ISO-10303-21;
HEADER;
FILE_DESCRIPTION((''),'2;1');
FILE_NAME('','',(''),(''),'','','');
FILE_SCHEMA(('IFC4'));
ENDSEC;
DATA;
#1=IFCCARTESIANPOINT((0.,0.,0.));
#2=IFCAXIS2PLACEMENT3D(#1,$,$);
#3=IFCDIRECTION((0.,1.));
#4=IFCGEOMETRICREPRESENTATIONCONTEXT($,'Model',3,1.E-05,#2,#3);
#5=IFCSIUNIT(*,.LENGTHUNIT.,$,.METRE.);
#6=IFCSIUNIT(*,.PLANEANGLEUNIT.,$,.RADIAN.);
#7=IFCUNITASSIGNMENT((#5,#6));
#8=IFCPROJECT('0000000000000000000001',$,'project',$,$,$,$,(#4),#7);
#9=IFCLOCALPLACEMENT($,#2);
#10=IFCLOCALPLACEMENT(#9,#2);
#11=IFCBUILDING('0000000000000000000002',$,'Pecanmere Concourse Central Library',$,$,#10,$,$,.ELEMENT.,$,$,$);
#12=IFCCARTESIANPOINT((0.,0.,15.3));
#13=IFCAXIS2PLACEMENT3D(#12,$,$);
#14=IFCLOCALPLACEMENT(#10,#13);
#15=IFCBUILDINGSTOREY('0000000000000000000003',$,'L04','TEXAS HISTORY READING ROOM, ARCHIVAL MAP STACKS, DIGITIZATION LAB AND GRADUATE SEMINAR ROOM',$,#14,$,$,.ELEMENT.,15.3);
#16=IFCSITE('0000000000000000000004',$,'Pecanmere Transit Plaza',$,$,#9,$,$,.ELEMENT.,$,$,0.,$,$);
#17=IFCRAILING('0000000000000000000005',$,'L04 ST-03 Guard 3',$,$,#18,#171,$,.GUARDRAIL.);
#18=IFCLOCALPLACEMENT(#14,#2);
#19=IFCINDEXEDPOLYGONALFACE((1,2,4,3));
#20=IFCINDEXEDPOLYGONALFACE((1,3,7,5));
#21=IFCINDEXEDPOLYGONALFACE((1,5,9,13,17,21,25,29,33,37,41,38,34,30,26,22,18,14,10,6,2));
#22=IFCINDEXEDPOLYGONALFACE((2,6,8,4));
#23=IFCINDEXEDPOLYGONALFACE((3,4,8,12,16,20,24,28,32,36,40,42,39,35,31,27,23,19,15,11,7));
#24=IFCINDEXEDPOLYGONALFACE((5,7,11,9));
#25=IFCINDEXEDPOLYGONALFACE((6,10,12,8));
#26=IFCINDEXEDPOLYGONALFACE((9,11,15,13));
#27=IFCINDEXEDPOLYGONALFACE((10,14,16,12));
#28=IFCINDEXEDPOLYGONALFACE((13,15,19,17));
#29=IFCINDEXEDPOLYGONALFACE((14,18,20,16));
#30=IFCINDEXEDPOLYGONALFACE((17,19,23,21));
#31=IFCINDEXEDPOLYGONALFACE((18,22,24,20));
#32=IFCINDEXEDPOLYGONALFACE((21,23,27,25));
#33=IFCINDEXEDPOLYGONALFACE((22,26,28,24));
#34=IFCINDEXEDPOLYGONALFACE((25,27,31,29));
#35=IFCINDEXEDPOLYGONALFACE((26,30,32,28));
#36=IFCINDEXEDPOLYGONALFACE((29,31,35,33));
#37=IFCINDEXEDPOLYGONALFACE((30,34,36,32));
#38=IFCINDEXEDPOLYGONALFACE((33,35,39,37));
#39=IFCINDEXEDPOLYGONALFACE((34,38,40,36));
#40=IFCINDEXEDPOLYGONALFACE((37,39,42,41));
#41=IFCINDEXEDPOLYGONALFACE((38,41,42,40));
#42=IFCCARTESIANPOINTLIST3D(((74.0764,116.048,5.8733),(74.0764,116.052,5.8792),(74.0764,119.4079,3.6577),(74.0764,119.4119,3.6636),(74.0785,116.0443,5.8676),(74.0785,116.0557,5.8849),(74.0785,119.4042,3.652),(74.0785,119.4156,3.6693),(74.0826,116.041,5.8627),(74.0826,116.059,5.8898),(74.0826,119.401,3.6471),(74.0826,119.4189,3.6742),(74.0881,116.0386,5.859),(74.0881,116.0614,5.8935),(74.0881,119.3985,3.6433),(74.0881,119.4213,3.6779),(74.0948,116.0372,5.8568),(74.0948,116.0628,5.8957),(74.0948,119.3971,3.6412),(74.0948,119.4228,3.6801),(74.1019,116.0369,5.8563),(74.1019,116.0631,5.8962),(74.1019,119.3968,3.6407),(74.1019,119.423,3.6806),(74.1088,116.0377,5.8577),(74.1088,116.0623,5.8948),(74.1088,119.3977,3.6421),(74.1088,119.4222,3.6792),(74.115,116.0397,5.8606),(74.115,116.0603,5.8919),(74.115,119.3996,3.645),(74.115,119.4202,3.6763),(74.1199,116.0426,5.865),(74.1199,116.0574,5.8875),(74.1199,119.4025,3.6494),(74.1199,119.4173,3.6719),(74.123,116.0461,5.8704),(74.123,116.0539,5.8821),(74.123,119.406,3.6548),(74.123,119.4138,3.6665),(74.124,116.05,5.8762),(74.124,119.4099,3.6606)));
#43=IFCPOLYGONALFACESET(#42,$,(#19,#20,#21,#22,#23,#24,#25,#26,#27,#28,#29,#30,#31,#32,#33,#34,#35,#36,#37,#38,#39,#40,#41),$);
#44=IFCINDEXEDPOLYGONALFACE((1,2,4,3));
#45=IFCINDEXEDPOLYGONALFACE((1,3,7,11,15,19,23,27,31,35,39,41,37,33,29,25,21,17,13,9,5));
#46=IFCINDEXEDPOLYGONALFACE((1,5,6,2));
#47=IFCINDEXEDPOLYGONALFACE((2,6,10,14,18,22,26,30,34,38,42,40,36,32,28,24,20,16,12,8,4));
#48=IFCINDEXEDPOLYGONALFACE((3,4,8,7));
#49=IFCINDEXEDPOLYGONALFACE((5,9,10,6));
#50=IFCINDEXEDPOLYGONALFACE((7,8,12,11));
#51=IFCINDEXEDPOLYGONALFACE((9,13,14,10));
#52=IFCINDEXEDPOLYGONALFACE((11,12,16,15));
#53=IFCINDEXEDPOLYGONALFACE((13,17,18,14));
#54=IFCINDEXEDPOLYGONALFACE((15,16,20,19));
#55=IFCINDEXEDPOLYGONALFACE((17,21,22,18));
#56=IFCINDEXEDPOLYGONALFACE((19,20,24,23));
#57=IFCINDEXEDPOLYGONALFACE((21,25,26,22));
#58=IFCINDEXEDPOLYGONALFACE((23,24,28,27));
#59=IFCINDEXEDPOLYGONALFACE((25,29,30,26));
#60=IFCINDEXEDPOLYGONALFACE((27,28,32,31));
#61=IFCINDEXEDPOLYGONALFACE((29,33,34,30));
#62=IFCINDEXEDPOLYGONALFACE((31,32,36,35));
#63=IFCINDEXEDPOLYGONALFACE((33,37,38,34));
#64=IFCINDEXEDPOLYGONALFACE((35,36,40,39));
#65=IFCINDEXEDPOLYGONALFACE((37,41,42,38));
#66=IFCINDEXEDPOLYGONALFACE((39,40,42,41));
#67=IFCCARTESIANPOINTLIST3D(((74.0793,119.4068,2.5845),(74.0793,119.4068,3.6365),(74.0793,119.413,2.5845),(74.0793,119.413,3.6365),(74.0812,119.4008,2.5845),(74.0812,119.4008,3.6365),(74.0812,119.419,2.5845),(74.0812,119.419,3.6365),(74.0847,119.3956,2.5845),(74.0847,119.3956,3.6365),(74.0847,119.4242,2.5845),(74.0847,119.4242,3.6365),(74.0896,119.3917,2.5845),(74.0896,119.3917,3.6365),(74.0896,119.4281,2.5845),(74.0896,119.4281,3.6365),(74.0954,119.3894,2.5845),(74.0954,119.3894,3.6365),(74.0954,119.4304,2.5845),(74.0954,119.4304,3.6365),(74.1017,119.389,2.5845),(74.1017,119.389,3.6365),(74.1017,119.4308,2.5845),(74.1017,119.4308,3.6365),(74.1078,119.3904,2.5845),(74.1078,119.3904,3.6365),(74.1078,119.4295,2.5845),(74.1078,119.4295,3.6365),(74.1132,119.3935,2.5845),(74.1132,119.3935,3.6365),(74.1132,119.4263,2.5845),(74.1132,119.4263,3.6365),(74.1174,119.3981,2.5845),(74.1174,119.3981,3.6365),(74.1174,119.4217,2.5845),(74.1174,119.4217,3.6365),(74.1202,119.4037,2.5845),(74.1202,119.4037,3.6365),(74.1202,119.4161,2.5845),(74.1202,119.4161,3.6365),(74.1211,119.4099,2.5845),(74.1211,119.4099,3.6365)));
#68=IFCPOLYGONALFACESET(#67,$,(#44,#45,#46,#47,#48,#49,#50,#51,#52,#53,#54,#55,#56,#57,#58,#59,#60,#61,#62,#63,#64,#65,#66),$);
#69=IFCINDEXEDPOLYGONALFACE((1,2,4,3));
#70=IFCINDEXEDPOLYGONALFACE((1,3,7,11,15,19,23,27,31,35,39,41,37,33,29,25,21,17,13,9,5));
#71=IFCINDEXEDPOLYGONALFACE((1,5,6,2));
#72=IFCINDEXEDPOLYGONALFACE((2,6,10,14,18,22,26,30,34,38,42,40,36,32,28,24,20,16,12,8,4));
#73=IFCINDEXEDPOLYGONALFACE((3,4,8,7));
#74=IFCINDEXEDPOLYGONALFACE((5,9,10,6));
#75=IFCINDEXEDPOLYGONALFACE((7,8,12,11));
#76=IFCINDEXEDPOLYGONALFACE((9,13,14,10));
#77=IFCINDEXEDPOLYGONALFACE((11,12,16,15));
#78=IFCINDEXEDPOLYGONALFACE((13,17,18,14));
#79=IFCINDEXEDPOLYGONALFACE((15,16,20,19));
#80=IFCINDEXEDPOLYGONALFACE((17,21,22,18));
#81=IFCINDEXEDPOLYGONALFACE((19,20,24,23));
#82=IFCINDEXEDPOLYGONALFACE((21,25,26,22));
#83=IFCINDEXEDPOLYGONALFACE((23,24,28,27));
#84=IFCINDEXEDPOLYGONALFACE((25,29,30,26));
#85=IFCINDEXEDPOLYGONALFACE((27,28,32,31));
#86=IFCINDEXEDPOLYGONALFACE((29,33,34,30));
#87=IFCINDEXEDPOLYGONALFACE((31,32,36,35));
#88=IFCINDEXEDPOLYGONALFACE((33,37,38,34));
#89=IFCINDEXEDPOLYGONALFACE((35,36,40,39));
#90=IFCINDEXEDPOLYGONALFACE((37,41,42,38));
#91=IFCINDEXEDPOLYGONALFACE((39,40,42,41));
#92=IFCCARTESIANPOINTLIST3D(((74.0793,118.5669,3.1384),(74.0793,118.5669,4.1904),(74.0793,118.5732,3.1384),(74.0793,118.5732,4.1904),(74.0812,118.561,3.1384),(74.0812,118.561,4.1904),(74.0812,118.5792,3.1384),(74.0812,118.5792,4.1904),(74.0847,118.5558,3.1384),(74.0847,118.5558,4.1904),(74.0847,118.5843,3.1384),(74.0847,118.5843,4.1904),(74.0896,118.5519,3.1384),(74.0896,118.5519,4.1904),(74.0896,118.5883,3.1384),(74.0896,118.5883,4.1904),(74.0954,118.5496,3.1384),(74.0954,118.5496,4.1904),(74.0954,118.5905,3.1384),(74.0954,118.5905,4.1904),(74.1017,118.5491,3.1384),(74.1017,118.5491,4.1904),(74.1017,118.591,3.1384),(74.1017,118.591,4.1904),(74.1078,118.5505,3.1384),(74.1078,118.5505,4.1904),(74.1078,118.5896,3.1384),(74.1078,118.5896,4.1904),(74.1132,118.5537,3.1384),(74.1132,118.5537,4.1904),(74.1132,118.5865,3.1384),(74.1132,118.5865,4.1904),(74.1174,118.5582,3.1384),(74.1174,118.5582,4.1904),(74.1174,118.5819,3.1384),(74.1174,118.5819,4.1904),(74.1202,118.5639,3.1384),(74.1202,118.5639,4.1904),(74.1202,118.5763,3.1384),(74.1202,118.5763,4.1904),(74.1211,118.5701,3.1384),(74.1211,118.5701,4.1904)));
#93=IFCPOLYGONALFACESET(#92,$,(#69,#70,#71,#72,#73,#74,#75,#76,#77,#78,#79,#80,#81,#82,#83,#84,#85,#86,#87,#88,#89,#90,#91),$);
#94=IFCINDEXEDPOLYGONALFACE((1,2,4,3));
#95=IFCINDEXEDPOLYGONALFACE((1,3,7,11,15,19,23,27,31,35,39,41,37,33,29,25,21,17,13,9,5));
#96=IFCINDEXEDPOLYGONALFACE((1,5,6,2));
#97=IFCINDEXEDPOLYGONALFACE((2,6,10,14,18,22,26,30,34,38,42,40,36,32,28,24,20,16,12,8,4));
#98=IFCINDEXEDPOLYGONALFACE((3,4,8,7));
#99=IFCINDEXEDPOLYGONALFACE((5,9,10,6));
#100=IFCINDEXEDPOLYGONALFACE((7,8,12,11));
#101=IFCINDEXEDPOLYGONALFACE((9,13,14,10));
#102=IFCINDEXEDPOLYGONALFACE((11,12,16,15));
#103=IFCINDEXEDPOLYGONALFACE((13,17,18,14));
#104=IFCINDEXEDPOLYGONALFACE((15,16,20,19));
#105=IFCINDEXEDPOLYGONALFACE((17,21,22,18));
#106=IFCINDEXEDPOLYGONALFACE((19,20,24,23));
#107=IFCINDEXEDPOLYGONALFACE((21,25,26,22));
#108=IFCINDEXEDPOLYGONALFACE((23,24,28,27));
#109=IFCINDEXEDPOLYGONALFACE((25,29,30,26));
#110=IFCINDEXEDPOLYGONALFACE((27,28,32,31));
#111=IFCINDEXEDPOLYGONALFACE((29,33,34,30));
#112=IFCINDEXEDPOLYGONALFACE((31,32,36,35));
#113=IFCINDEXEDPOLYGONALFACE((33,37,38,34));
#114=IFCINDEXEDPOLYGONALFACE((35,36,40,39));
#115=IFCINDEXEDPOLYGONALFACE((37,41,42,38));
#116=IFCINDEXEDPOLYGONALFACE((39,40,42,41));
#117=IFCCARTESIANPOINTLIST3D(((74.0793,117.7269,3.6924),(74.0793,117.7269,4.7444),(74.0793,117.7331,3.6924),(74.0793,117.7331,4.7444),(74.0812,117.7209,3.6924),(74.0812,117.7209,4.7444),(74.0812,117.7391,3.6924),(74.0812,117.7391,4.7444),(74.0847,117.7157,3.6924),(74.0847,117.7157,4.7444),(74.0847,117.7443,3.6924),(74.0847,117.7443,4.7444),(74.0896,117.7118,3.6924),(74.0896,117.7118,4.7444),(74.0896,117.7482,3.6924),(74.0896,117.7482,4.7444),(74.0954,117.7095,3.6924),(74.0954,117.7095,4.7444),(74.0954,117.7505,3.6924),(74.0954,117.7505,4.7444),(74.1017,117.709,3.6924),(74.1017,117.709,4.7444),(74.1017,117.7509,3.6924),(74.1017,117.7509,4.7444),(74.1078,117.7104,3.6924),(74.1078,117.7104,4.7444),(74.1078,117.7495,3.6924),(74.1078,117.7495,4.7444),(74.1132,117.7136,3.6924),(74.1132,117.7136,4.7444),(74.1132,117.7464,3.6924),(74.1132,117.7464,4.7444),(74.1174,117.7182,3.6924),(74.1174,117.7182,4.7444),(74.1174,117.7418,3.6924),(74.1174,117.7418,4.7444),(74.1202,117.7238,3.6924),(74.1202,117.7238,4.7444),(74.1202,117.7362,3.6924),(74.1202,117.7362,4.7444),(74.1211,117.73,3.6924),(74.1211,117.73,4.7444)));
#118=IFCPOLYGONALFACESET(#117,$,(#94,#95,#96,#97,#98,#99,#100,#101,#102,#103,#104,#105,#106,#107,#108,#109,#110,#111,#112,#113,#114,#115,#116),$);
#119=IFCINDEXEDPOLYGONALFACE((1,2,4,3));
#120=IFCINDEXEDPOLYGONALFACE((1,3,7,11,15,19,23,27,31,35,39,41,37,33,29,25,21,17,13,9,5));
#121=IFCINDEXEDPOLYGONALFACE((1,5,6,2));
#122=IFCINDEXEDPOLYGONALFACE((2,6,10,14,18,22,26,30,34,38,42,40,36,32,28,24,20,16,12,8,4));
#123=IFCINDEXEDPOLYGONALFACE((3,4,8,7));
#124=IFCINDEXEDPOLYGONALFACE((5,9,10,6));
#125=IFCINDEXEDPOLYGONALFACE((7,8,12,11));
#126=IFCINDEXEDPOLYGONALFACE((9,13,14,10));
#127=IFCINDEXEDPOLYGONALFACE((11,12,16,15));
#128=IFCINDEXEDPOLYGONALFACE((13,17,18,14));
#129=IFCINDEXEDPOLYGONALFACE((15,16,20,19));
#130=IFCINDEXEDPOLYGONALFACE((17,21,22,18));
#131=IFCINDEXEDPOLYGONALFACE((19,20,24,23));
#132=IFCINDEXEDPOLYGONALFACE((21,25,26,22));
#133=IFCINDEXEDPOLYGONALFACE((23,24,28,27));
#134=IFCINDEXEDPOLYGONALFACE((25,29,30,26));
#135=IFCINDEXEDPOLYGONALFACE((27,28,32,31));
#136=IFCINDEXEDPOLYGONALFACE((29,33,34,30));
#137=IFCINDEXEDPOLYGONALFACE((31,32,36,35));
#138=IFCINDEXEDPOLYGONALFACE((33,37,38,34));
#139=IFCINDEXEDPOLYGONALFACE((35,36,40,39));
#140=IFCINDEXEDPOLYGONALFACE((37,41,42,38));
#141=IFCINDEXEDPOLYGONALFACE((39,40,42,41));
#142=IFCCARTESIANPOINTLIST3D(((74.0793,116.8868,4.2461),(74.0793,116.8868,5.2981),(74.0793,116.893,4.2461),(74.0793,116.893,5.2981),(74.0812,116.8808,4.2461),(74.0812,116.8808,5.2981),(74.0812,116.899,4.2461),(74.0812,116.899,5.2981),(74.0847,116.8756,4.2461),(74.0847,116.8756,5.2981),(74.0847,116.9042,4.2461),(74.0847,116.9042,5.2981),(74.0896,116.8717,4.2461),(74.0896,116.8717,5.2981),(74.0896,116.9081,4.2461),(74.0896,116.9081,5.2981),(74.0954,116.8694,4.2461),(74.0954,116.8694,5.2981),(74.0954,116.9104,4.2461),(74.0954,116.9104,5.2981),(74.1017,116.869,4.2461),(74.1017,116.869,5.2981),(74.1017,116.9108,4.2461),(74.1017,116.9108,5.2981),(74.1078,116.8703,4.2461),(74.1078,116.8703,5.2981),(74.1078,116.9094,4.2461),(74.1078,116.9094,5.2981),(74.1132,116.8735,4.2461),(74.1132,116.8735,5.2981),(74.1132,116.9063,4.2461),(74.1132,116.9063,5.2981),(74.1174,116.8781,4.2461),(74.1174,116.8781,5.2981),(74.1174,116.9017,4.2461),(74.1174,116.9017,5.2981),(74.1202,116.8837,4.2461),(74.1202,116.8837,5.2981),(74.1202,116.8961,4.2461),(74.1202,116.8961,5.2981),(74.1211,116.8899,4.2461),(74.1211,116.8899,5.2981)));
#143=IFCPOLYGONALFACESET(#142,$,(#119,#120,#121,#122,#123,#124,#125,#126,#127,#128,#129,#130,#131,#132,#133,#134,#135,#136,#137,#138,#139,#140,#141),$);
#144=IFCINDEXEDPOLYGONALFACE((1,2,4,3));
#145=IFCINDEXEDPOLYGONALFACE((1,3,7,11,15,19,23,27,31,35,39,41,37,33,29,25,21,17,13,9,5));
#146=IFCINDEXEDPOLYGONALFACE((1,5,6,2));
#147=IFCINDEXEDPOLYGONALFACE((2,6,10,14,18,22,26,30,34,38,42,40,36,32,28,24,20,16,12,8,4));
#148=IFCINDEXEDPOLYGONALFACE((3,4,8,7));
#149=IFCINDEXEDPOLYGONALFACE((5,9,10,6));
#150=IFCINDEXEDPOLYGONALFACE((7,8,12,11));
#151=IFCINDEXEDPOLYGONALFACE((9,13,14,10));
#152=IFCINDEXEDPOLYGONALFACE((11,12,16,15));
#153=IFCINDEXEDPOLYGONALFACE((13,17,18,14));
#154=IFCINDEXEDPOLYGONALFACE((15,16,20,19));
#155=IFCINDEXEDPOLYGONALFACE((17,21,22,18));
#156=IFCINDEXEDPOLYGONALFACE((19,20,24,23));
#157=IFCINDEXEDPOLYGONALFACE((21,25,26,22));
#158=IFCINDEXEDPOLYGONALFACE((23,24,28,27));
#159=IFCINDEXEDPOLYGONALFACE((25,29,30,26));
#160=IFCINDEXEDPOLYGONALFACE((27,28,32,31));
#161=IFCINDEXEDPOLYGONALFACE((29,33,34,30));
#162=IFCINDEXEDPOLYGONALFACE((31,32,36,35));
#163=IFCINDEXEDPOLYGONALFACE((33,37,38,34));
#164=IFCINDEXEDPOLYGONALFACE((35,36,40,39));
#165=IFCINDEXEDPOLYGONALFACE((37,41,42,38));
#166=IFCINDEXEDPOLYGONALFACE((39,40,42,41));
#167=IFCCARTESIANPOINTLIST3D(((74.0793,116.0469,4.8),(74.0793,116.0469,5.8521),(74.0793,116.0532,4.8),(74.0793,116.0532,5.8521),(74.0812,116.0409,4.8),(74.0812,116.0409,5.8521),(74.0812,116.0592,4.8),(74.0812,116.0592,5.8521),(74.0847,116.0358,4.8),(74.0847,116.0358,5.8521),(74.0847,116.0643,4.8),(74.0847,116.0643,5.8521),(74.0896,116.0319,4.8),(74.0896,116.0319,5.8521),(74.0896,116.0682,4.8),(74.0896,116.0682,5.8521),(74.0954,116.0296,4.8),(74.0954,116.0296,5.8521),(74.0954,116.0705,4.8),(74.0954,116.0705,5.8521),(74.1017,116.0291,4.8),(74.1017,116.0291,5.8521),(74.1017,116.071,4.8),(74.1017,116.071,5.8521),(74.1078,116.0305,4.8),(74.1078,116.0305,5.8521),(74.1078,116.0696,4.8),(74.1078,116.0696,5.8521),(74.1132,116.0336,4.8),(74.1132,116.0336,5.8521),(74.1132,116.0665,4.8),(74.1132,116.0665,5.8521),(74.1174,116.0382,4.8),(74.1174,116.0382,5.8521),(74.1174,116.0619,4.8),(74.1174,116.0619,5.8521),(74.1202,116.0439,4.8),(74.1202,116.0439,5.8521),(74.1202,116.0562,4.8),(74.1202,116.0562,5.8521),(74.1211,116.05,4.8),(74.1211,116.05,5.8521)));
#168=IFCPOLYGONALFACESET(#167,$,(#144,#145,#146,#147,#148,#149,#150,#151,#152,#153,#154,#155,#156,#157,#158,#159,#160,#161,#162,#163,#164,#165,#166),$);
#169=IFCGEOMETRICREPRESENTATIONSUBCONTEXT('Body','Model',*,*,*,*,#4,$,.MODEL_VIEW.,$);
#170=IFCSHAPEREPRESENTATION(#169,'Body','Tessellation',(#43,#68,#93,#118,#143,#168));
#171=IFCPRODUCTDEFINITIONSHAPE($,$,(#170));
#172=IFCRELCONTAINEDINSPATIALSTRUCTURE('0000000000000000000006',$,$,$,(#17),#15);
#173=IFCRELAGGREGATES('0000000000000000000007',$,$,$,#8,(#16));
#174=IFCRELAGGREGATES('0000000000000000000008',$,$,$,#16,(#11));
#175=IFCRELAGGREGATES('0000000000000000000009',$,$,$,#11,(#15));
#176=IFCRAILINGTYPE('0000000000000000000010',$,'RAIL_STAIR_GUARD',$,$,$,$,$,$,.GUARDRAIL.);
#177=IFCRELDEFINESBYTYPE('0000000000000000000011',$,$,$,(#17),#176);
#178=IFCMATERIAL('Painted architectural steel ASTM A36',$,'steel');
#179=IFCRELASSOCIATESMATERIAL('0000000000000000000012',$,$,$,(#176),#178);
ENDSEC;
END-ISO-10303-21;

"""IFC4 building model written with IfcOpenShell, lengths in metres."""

from ifc_helpers import new_model, si_unit, direction, frame, origin, origin_2d, place, context, subcontext, project, spatial, circle, extrude, material, type_object, element, save


model = new_model("IFC4")

# Units and contexts
model_context = context("Model", 3, precision=1e-05, world=origin(), true_north=direction((0.0, 1.0)))
body_context = subcontext(model_context, "Body", "Model", "MODEL_VIEW")
ifc_project = project(units=[si_unit("LENGTHUNIT", "METRE"), si_unit("PLANEANGLEUNIT", "RADIAN")], contexts=[model_context])

# Site, building, storey
site_placement = place(None, origin())
site = spatial("IfcSite", under=ifc_project, at=site_placement, Name="Pecanmere Transit Plaza", CompositionType="ELEMENT", RefElevation=0.0)
building_placement = place(site_placement, origin())
building = spatial("IfcBuilding", under=site, at=building_placement, Name="Pecanmere Concourse Central Library", CompositionType="ELEMENT")
storey_placement = place(building_placement, frame((0.0, 0.0, 15.3)))
storey = spatial("IfcBuildingStorey", under=building, at=storey_placement, Name="L04", Description="TEXAS HISTORY READING ROOM, ARCHIVAL MAP STACKS, DIGITIZATION LAB AND GRADUATE SEMINAR ROOM", CompositionType="ELEMENT", Elevation=15.3)

# Railing
ifc_material_1 = material(Name="Painted architectural steel ASTM A36", Category="steel")
railing_type_1 = type_object("IfcRailingType", Name="RAIL_STAIR_GUARD", PredefinedType="GUARDRAIL", material=ifc_material_1)
railing_1_placement = place(storey_placement, frame((74.1001, 119.4099, 2.5845)))
element("IfcRailing", 1, at=railing_1_placement, inside=storey, type_object=railing_type_1, Name="L04 ST-03 Guard 3", PredefinedType="GUARDRAIL", context=body_context, shape_type="SweptSolid", body=[
    extrude(circle(Radius=0.0239, at=origin_2d()), frame((0.0, 0.0, 1.0762), z_axis=(0.0, -0.83483, 0.550508), x_axis=(1.0, 0.0, 0.0)), (0.0, 0.0, 1.0), 4.0247),
    extrude(circle(Radius=0.021, at=origin_2d()), origin(), (0.0, 0.0, 1.0), 1.052),
    extrude(circle(Radius=0.021, at=origin_2d()), frame((0.0, -0.8398, 0.554)), (0.0, 0.0, 1.0), 1.052),
    extrude(circle(Radius=0.021, at=origin_2d()), frame((0.0, -1.6799, 1.1079)), (0.0, 0.0, 1.0), 1.052),
    extrude(circle(Radius=0.021, at=origin_2d()), frame((0.0, -2.52, 1.6616)), (0.0, 0.0, 1.0), 1.052),
    extrude(circle(Radius=0.021, at=origin_2d()), frame((0.0, -3.3599, 2.2156)), (0.0, 0.0, 1.0), 1.052),
])

save(model, "model.ifc")
